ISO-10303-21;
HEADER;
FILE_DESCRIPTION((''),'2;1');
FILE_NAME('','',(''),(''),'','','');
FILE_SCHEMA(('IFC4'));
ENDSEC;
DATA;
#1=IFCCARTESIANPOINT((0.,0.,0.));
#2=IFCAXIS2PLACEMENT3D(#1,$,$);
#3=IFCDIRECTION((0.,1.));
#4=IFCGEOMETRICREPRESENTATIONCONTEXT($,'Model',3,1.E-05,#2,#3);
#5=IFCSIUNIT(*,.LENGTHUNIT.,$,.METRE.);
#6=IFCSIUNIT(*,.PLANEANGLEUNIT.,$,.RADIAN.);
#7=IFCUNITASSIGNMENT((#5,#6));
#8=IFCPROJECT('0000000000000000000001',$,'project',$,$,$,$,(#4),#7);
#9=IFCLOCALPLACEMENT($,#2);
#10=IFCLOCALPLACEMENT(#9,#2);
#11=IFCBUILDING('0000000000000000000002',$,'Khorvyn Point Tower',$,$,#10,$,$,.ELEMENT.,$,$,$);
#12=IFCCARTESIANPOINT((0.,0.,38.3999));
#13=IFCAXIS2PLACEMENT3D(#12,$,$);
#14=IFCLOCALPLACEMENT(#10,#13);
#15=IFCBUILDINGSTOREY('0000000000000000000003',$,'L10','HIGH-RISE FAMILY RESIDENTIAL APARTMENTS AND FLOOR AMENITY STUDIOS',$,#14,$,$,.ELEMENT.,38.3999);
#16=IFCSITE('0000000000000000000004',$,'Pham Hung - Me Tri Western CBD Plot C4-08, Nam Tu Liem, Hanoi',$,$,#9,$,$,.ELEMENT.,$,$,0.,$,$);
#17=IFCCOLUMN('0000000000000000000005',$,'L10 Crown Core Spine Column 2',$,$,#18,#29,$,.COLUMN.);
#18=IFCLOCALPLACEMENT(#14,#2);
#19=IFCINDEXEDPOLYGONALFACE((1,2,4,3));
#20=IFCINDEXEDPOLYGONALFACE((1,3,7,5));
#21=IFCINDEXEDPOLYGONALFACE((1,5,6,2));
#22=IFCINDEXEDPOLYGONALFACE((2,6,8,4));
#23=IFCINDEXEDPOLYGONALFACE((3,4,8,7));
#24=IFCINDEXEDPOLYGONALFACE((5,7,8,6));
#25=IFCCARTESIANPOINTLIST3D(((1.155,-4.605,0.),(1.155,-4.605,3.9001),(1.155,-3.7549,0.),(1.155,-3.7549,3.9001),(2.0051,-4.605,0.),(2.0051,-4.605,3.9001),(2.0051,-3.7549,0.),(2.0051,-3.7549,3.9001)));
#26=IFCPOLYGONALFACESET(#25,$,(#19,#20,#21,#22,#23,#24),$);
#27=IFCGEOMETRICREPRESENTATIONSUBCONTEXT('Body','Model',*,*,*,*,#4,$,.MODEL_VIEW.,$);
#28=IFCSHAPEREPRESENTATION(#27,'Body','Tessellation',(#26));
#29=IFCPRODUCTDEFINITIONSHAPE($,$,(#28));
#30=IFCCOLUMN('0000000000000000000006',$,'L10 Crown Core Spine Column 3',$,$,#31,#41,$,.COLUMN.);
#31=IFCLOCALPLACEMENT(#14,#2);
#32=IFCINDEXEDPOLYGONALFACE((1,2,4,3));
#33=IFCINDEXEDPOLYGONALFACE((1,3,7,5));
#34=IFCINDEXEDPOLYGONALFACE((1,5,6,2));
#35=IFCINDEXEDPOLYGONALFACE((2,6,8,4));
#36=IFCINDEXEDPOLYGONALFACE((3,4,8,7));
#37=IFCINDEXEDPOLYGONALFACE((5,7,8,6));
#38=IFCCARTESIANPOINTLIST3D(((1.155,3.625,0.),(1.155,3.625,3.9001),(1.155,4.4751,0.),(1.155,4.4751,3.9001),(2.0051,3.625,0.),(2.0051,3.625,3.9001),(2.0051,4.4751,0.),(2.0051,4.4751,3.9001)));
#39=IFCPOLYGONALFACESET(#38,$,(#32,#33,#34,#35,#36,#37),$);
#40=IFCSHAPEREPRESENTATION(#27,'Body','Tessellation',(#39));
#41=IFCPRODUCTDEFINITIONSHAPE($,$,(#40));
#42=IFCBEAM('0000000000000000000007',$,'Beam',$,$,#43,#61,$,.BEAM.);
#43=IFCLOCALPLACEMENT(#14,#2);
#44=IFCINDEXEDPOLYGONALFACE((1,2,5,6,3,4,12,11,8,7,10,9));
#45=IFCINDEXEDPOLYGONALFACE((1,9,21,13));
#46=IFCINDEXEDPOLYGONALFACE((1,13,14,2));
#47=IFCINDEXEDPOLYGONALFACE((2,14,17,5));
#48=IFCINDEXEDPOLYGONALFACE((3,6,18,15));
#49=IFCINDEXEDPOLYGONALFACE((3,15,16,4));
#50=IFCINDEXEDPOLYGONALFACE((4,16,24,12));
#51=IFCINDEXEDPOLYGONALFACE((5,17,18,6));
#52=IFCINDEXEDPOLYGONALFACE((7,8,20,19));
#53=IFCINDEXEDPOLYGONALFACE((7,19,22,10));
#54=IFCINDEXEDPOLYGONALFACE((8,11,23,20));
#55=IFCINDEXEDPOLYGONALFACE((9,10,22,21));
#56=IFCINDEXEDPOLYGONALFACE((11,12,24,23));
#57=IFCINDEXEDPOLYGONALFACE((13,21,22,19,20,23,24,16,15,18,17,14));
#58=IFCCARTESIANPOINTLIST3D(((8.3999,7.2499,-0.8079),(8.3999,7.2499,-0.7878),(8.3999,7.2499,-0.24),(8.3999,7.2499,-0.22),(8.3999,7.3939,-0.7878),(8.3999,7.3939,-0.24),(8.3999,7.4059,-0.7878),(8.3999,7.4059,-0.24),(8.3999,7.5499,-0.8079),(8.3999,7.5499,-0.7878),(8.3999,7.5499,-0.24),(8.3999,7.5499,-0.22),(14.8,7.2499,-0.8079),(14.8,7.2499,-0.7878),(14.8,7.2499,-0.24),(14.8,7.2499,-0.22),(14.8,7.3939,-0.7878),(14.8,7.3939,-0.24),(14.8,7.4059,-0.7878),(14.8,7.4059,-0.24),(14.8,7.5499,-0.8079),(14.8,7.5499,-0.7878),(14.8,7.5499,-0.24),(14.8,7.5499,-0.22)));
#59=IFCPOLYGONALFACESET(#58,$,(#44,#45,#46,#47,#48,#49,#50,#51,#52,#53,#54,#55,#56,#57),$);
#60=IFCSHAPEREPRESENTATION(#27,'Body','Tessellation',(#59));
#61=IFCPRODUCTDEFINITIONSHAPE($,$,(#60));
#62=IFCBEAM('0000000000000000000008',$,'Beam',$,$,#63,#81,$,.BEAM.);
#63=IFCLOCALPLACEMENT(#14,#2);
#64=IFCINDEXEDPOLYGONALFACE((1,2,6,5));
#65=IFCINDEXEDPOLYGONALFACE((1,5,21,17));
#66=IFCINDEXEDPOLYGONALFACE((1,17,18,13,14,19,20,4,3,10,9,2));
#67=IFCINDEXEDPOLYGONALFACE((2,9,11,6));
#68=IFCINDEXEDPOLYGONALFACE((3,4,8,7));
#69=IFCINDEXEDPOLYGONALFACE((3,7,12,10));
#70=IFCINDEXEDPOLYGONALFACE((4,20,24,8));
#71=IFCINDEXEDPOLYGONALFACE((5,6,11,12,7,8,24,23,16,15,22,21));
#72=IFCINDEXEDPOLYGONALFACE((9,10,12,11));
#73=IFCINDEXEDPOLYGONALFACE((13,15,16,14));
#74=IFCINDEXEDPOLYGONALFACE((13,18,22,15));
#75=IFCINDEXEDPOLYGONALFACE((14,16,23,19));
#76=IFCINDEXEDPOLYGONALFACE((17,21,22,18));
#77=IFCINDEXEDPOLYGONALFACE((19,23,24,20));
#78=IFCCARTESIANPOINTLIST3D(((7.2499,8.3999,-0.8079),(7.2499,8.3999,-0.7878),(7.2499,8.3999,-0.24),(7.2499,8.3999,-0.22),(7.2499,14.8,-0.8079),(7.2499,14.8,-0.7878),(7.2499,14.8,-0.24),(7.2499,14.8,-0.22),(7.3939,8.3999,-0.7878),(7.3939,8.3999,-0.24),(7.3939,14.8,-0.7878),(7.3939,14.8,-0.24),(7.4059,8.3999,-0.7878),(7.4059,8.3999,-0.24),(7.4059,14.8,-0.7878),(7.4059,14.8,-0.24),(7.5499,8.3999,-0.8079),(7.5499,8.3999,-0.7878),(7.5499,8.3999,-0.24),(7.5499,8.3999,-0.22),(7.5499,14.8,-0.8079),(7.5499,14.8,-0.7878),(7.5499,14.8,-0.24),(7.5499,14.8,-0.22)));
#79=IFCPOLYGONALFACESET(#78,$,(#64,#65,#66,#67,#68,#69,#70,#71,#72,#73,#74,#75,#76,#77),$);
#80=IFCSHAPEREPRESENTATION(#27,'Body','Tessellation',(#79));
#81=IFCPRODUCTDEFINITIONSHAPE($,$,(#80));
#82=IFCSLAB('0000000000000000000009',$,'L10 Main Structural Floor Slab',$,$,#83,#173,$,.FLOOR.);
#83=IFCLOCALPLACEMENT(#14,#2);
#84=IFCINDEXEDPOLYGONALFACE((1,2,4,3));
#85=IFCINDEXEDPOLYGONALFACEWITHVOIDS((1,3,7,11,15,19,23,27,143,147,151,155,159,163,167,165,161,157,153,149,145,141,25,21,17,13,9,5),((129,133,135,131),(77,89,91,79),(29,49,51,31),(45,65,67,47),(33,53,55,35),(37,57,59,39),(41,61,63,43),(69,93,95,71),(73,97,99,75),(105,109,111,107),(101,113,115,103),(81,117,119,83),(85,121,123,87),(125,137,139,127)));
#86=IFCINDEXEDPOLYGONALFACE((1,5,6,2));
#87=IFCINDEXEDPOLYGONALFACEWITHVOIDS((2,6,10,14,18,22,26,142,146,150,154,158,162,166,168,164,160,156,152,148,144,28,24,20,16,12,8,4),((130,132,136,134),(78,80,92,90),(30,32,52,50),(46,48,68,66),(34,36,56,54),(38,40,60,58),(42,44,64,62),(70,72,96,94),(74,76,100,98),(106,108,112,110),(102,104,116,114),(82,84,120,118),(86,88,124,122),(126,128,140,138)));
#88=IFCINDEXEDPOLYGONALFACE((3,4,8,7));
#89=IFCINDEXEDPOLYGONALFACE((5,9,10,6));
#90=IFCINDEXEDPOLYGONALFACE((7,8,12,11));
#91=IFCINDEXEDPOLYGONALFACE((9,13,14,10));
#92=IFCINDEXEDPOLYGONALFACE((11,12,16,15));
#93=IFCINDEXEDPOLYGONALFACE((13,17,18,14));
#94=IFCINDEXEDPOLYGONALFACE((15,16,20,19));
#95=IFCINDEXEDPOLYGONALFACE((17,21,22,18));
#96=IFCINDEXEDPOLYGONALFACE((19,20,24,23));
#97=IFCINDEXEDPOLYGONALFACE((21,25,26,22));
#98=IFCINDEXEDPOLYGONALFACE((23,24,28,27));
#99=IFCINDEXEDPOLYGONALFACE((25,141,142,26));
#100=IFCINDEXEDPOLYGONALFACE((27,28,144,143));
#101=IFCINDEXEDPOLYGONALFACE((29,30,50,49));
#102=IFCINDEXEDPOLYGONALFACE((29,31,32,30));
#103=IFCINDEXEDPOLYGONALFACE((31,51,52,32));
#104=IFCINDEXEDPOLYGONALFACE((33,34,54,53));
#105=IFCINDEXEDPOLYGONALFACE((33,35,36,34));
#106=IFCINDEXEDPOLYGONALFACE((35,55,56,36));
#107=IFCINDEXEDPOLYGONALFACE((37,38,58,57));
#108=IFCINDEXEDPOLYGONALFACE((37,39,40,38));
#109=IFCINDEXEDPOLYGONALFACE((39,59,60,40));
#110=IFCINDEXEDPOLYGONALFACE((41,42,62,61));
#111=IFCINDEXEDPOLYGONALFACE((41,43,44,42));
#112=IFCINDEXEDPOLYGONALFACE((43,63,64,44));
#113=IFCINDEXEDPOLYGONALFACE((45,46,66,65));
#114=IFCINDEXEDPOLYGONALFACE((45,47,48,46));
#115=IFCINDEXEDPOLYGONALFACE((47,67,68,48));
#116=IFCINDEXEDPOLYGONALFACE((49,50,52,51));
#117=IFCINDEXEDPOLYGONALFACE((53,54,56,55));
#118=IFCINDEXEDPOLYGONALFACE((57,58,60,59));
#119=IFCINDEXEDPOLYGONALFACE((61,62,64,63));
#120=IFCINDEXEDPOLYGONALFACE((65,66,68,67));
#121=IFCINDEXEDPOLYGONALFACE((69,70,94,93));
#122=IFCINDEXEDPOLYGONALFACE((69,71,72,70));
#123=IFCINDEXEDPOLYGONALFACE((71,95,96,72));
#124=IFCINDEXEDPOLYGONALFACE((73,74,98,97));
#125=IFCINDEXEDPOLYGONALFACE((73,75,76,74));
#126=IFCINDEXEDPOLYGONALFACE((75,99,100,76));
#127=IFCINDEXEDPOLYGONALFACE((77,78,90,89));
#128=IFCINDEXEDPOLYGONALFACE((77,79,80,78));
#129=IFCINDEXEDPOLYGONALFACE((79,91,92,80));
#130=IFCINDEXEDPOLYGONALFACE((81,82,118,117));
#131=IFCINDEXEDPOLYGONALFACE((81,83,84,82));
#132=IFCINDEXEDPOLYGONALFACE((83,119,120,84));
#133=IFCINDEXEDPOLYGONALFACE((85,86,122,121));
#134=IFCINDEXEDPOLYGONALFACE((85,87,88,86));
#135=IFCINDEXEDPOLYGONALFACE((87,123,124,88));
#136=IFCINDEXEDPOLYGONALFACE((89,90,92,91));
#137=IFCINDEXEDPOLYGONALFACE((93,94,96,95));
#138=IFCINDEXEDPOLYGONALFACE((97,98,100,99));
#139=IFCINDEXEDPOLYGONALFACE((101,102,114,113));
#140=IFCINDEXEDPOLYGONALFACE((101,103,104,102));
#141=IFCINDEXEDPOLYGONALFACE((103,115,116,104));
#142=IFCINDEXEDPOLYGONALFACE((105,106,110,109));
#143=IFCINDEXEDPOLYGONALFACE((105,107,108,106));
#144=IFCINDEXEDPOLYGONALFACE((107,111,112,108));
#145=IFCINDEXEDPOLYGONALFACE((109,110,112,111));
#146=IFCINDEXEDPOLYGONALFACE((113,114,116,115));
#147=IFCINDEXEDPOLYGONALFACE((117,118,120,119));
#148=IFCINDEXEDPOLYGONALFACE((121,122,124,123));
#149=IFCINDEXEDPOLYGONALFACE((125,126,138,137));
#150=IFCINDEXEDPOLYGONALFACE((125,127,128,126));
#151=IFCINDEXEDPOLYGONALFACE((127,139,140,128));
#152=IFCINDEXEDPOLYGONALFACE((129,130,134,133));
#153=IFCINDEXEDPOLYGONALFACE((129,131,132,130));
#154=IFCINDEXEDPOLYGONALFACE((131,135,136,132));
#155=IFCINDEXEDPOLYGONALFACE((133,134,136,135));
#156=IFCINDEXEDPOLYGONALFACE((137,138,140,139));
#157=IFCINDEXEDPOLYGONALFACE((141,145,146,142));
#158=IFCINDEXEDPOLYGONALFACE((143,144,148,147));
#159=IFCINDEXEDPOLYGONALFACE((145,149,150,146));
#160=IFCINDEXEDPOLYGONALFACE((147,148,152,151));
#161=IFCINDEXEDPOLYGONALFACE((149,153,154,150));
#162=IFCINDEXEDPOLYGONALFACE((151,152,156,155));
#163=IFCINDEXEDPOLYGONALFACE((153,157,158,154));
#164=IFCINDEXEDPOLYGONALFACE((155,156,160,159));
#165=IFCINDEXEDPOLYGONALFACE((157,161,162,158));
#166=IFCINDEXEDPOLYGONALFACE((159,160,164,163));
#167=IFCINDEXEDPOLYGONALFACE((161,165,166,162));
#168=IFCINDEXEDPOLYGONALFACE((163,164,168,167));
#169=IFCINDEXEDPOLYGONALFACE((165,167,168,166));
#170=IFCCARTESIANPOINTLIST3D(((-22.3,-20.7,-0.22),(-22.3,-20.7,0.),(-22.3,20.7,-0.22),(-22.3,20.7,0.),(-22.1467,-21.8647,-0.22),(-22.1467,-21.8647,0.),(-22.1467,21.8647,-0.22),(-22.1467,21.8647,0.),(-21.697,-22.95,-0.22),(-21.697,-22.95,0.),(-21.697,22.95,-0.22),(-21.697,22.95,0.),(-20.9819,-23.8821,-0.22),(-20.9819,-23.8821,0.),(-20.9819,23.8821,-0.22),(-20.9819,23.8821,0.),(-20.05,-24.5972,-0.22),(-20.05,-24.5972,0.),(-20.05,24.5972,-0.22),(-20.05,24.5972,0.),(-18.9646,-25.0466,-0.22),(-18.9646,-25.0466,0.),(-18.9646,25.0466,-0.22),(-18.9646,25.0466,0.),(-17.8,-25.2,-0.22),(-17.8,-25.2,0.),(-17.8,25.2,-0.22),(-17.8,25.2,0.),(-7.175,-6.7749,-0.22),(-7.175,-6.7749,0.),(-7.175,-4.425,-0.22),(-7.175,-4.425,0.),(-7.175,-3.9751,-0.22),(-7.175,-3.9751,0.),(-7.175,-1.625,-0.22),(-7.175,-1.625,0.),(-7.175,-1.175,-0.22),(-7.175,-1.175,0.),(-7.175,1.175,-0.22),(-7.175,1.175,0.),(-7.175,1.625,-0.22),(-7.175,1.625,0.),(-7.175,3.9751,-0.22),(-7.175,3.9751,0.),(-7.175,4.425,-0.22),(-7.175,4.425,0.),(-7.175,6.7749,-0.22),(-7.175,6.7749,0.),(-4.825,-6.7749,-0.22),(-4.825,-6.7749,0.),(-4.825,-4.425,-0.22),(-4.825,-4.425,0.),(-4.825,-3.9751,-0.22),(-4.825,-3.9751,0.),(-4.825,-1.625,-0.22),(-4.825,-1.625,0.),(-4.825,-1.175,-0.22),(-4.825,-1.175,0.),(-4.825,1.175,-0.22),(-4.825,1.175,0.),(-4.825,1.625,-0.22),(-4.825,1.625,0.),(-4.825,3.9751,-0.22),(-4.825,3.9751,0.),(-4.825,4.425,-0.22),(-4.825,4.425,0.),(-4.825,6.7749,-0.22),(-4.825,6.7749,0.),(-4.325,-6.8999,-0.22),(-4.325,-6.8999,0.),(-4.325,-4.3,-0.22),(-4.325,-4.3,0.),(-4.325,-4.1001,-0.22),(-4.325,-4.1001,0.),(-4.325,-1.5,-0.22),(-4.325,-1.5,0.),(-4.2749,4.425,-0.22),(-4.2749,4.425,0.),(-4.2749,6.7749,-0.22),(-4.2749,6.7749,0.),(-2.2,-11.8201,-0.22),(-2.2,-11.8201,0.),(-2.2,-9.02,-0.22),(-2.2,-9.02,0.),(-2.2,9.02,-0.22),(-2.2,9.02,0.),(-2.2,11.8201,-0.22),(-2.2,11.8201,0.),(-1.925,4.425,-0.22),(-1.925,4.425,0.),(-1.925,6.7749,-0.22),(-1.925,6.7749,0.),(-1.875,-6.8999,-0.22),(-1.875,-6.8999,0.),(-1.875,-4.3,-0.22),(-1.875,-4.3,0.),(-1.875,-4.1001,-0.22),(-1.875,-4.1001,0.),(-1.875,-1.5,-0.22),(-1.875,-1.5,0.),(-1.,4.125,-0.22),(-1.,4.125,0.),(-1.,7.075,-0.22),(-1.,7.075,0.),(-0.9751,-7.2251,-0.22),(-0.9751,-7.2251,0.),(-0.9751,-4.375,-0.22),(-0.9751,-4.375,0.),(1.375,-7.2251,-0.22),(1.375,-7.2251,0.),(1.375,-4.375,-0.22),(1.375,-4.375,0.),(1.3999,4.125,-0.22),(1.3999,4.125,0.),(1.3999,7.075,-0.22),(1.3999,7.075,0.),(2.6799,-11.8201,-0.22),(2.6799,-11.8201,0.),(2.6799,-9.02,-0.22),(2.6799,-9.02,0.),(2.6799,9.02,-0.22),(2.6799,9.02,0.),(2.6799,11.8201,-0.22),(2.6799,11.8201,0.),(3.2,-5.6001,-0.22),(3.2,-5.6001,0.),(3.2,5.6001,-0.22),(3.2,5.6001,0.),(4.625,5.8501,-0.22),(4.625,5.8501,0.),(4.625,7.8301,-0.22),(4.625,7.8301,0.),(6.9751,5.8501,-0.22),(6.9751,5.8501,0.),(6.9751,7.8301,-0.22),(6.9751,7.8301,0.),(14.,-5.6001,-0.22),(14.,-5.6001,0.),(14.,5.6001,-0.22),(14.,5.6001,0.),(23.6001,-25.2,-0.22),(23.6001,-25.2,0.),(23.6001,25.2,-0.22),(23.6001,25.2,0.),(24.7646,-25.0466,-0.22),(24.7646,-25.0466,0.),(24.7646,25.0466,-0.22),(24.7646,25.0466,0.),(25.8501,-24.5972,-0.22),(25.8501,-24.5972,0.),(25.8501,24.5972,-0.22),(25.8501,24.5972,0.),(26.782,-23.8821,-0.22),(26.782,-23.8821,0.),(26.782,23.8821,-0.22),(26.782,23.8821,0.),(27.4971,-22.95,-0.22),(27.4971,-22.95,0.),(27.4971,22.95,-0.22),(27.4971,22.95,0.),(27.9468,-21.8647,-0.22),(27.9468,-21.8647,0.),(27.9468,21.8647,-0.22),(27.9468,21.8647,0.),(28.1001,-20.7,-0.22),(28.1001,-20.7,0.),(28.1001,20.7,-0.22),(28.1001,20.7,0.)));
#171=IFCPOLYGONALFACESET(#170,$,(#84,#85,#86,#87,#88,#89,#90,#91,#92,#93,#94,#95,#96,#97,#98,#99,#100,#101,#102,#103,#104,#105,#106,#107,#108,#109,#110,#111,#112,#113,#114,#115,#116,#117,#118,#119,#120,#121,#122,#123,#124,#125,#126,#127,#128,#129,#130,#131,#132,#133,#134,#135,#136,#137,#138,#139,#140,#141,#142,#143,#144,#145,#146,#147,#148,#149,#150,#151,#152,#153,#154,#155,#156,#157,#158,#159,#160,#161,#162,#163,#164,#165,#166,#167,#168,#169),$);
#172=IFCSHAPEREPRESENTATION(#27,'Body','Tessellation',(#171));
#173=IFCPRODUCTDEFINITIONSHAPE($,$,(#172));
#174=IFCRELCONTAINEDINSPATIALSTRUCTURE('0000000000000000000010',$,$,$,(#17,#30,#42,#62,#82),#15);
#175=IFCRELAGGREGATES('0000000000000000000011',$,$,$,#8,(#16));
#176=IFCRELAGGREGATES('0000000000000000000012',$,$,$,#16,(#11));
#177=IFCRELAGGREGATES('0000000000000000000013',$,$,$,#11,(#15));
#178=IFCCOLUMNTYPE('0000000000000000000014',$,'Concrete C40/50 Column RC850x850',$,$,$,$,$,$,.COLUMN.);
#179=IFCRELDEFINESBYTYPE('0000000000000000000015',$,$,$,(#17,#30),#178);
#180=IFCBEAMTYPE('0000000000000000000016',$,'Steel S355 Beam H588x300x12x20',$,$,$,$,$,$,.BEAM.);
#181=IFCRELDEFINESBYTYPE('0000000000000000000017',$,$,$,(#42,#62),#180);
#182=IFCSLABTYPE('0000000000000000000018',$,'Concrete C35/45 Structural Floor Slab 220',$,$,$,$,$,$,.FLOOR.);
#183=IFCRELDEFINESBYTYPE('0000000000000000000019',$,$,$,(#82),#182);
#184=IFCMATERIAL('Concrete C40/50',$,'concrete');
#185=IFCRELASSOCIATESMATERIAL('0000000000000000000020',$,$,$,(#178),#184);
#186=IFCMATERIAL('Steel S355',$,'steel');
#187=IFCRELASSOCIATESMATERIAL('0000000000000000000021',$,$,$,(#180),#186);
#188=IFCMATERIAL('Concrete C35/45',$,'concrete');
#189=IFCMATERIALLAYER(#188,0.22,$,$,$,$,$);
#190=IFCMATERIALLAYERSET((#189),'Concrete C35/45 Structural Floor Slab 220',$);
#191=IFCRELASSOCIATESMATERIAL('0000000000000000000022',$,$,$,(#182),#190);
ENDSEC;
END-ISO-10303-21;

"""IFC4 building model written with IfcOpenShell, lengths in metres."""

from ifc_helpers import new_model, si_unit, direction, frame, origin, origin_2d, place, context, subcontext, project, spatial, polyline, rectangle, i_section, outline, extrude, material, layer, layer_set, material_profile, profile_set, type_object, element, save


model = new_model("IFC4")

# Units and contexts
model_context = context("Model", 3, precision=1e-05, world=origin(), true_north=direction((0.0, 1.0)))
body_context = subcontext(model_context, "Body", "Model", "MODEL_VIEW")
ifc_project = project(units=[si_unit("LENGTHUNIT", "METRE"), si_unit("PLANEANGLEUNIT", "RADIAN")], contexts=[model_context])

# Site, building, storey
site_placement = place(None, origin())
site = spatial("IfcSite", under=ifc_project, at=site_placement, Name="Pham Hung - Me Tri Western CBD Plot C4-08, Nam Tu Liem, Hanoi", CompositionType="ELEMENT", RefElevation=0.0)
building_placement = place(site_placement, origin())
building = spatial("IfcBuilding", under=site, at=building_placement, Name="Khorvyn Point Tower", CompositionType="ELEMENT")
storey_placement = place(building_placement, frame((0.0, 0.0, 38.3999)))
storey = spatial("IfcBuildingStorey", under=building, at=storey_placement, Name="L10", Description="HIGH-RISE FAMILY RESIDENTIAL APARTMENTS AND FLOOR AMENITY STUDIOS", CompositionType="ELEMENT", Elevation=38.3999)

# Columns
ifc_material_1 = material(Name="Concrete C40/50", Category="concrete")
ifc_material_profile_1 = material_profile(ifc_material_1, rectangle(XDim=0.8501, YDim=0.8501, at=origin_2d()))
ifc_profile_set_1 = profile_set([ifc_material_profile_1], Name="Concrete C40/50 RC850x850")
column_type = type_object("IfcColumnType", Name="Concrete C40/50 Column RC850x850", PredefinedType="COLUMN", material=ifc_profile_set_1)
for number, where, z_axis, x_axis, name in (
    (1, (1.5801, -4.1799, 0.0), (0.0, 0.0, 1.0), (1.0, 0.0, 0.0), "L10 Crown Core Spine Column 2"),
    (2, (1.5801, 4.05, 0.0), (0.0, 0.0, 1.0), (1.0, 0.0, 0.0), "L10 Crown Core Spine Column 3"),
):
    element("IfcColumn", number, at=place(storey_placement, frame(where, z_axis=z_axis, x_axis=x_axis)), inside=storey, type_object=column_type, Name=name, PredefinedType="COLUMN", context=body_context, shape_type="SweptSolid", body=[
        extrude(rectangle(XDim=0.8501, YDim=0.8501, at=origin_2d()), origin(), (0.0, 0.0, 1.0), 3.9001),
    ])

# Beams
ifc_material_2 = material(Name="Steel S355", Category="steel")
ifc_material_profile_2 = material_profile(ifc_material_2, i_section(OverallWidth=0.3, OverallDepth=0.5879, WebThickness=0.012, FlangeThickness=0.02, at=origin_2d()))
ifc_profile_set_2 = profile_set([ifc_material_profile_2], Name="Steel S355 H588x300x12x20")
beam_type = type_object("IfcBeamType", Name="Steel S355 Beam H588x300x12x20", PredefinedType="BEAM", material=ifc_profile_set_2)
for number, where, z_axis, x_axis, name in (
    (3, (8.3999, 7.3999, -0.5139), (1.0, 0.0, 0.0), (0.0, 1.0, 0.0), "Beam"),
    (4, (7.3999, 8.3999, -0.5139), (0.0, 1.0, 0.0), (-1.0, 0.0, 0.0), "Beam"),
):
    element("IfcBeam", number, at=place(storey_placement, frame(where, z_axis=z_axis, x_axis=x_axis)), inside=storey, type_object=beam_type, Name=name, PredefinedType="BEAM", context=body_context, shape_type="SweptSolid", body=[
        extrude(i_section(OverallWidth=0.3, OverallDepth=0.5879, WebThickness=0.012, FlangeThickness=0.02, at=origin_2d()), origin(), (0.0, 0.0, 1.0), 6.4001),
    ])

# Slab
ifc_material_3 = material(Name="Concrete C35/45", Category="concrete")
ifc_layer_1 = layer(ifc_material_3, 0.22)
ifc_layer_set_1 = layer_set([ifc_layer_1], Name="Concrete C35/45 Structural Floor Slab 220")
slab_type_1 = type_object("IfcSlabType", Name="Concrete C35/45 Structural Floor Slab 220", PredefinedType="FLOOR", material=ifc_layer_set_1)
slab_1_placement = place(storey_placement, frame((0.0, 0.0, -0.22)))
element("IfcSlab", 5, at=slab_1_placement, inside=storey, type_object=slab_type_1, Name="L10 Main Structural Floor Slab", PredefinedType="FLOOR", context=body_context, shape_type="SweptSolid", body=[
    extrude(outline(polyline([(-17.8, -25.2), (-18.9646, -25.0466), (-20.05, -24.5972), (-20.9819, -23.8821), (-21.697, -22.95), (-22.1467, -21.8647), (-22.3, -20.7), (-22.3, 20.7), (-22.1467, 21.8647), (-21.697, 22.95), (-20.9819, 23.8821), (-20.05, 24.5972), (-18.9646, 25.0466), (-17.8, 25.2), (23.6001, 25.2), (24.7646, 25.0466), (25.8501, 24.5972), (26.782, 23.8821), (27.4971, 22.95), (27.9468, 21.8647), (28.1001, 20.7), (28.1001, -20.7), (27.9468, -21.8647), (27.4971, -22.95), (26.782, -23.8821), (25.8501, -24.5972), (24.7646, -25.0466), (23.6001, -25.2), (-17.8, -25.2)]), holes=[polyline([(-4.825, -6.7749), (-4.825, -4.425), (-7.175, -4.425), (-7.175, -6.7749), (-4.825, -6.7749)]), polyline([(-4.325, -6.8999), (-1.875, -6.8999), (-1.875, -4.3), (-4.325, -4.3), (-4.325, -6.8999)]), polyline([(-7.175, -3.9751), (-4.825, -3.9751), (-4.825, -1.625), (-7.175, -1.625), (-7.175, -3.9751)]), polyline([(-7.175, -1.175), (-4.825, -1.175), (-4.825, 1.175), (-7.175, 1.175), (-7.175, -1.175)]), polyline([(-7.175, 1.625), (-4.825, 1.625), (-4.825, 3.9751), (-7.175, 3.9751), (-7.175, 1.625)]), polyline([(-7.175, 4.425), (-4.825, 4.425), (-4.825, 6.7749), (-7.175, 6.7749), (-7.175, 4.425)]), polyline([(-4.2749, 4.425), (-1.925, 4.425), (-1.925, 6.7749), (-4.2749, 6.7749), (-4.2749, 4.425)]), polyline([(2.6799, -11.8201), (2.6799, -9.02), (-2.2, -9.02), (-2.2, -11.8201), (2.6799, -11.8201)]), polyline([(-0.9751, -7.2251), (1.375, -7.2251), (1.375, -4.375), (-0.9751, -4.375), (-0.9751, -7.2251)]), polyline([(-4.325, -4.1001), (-1.875, -4.1001), (-1.875, -1.5), (-4.325, -1.5), (-4.325, -4.1001)]), polyline([(3.2, -5.6001), (14.0, -5.6001), (14.0, 5.6001), (3.2, 5.6001), (3.2, -5.6001)]), polyline([(-1.0, 4.125), (1.3999, 4.125), (1.3999, 7.075), (-1.0, 7.075), (-1.0, 4.125)]), polyline([(4.625, 5.8501), (6.9751, 5.8501), (6.9751, 7.8301), (4.625, 7.8301), (4.625, 5.8501)]), polyline([(-2.2, 9.02), (2.6799, 9.02), (2.6799, 11.8201), (-2.2, 11.8201), (-2.2, 9.02)])]), origin(), (0.0, 0.0, 1.0), 0.22),
])

save(model, "model.ifc")
